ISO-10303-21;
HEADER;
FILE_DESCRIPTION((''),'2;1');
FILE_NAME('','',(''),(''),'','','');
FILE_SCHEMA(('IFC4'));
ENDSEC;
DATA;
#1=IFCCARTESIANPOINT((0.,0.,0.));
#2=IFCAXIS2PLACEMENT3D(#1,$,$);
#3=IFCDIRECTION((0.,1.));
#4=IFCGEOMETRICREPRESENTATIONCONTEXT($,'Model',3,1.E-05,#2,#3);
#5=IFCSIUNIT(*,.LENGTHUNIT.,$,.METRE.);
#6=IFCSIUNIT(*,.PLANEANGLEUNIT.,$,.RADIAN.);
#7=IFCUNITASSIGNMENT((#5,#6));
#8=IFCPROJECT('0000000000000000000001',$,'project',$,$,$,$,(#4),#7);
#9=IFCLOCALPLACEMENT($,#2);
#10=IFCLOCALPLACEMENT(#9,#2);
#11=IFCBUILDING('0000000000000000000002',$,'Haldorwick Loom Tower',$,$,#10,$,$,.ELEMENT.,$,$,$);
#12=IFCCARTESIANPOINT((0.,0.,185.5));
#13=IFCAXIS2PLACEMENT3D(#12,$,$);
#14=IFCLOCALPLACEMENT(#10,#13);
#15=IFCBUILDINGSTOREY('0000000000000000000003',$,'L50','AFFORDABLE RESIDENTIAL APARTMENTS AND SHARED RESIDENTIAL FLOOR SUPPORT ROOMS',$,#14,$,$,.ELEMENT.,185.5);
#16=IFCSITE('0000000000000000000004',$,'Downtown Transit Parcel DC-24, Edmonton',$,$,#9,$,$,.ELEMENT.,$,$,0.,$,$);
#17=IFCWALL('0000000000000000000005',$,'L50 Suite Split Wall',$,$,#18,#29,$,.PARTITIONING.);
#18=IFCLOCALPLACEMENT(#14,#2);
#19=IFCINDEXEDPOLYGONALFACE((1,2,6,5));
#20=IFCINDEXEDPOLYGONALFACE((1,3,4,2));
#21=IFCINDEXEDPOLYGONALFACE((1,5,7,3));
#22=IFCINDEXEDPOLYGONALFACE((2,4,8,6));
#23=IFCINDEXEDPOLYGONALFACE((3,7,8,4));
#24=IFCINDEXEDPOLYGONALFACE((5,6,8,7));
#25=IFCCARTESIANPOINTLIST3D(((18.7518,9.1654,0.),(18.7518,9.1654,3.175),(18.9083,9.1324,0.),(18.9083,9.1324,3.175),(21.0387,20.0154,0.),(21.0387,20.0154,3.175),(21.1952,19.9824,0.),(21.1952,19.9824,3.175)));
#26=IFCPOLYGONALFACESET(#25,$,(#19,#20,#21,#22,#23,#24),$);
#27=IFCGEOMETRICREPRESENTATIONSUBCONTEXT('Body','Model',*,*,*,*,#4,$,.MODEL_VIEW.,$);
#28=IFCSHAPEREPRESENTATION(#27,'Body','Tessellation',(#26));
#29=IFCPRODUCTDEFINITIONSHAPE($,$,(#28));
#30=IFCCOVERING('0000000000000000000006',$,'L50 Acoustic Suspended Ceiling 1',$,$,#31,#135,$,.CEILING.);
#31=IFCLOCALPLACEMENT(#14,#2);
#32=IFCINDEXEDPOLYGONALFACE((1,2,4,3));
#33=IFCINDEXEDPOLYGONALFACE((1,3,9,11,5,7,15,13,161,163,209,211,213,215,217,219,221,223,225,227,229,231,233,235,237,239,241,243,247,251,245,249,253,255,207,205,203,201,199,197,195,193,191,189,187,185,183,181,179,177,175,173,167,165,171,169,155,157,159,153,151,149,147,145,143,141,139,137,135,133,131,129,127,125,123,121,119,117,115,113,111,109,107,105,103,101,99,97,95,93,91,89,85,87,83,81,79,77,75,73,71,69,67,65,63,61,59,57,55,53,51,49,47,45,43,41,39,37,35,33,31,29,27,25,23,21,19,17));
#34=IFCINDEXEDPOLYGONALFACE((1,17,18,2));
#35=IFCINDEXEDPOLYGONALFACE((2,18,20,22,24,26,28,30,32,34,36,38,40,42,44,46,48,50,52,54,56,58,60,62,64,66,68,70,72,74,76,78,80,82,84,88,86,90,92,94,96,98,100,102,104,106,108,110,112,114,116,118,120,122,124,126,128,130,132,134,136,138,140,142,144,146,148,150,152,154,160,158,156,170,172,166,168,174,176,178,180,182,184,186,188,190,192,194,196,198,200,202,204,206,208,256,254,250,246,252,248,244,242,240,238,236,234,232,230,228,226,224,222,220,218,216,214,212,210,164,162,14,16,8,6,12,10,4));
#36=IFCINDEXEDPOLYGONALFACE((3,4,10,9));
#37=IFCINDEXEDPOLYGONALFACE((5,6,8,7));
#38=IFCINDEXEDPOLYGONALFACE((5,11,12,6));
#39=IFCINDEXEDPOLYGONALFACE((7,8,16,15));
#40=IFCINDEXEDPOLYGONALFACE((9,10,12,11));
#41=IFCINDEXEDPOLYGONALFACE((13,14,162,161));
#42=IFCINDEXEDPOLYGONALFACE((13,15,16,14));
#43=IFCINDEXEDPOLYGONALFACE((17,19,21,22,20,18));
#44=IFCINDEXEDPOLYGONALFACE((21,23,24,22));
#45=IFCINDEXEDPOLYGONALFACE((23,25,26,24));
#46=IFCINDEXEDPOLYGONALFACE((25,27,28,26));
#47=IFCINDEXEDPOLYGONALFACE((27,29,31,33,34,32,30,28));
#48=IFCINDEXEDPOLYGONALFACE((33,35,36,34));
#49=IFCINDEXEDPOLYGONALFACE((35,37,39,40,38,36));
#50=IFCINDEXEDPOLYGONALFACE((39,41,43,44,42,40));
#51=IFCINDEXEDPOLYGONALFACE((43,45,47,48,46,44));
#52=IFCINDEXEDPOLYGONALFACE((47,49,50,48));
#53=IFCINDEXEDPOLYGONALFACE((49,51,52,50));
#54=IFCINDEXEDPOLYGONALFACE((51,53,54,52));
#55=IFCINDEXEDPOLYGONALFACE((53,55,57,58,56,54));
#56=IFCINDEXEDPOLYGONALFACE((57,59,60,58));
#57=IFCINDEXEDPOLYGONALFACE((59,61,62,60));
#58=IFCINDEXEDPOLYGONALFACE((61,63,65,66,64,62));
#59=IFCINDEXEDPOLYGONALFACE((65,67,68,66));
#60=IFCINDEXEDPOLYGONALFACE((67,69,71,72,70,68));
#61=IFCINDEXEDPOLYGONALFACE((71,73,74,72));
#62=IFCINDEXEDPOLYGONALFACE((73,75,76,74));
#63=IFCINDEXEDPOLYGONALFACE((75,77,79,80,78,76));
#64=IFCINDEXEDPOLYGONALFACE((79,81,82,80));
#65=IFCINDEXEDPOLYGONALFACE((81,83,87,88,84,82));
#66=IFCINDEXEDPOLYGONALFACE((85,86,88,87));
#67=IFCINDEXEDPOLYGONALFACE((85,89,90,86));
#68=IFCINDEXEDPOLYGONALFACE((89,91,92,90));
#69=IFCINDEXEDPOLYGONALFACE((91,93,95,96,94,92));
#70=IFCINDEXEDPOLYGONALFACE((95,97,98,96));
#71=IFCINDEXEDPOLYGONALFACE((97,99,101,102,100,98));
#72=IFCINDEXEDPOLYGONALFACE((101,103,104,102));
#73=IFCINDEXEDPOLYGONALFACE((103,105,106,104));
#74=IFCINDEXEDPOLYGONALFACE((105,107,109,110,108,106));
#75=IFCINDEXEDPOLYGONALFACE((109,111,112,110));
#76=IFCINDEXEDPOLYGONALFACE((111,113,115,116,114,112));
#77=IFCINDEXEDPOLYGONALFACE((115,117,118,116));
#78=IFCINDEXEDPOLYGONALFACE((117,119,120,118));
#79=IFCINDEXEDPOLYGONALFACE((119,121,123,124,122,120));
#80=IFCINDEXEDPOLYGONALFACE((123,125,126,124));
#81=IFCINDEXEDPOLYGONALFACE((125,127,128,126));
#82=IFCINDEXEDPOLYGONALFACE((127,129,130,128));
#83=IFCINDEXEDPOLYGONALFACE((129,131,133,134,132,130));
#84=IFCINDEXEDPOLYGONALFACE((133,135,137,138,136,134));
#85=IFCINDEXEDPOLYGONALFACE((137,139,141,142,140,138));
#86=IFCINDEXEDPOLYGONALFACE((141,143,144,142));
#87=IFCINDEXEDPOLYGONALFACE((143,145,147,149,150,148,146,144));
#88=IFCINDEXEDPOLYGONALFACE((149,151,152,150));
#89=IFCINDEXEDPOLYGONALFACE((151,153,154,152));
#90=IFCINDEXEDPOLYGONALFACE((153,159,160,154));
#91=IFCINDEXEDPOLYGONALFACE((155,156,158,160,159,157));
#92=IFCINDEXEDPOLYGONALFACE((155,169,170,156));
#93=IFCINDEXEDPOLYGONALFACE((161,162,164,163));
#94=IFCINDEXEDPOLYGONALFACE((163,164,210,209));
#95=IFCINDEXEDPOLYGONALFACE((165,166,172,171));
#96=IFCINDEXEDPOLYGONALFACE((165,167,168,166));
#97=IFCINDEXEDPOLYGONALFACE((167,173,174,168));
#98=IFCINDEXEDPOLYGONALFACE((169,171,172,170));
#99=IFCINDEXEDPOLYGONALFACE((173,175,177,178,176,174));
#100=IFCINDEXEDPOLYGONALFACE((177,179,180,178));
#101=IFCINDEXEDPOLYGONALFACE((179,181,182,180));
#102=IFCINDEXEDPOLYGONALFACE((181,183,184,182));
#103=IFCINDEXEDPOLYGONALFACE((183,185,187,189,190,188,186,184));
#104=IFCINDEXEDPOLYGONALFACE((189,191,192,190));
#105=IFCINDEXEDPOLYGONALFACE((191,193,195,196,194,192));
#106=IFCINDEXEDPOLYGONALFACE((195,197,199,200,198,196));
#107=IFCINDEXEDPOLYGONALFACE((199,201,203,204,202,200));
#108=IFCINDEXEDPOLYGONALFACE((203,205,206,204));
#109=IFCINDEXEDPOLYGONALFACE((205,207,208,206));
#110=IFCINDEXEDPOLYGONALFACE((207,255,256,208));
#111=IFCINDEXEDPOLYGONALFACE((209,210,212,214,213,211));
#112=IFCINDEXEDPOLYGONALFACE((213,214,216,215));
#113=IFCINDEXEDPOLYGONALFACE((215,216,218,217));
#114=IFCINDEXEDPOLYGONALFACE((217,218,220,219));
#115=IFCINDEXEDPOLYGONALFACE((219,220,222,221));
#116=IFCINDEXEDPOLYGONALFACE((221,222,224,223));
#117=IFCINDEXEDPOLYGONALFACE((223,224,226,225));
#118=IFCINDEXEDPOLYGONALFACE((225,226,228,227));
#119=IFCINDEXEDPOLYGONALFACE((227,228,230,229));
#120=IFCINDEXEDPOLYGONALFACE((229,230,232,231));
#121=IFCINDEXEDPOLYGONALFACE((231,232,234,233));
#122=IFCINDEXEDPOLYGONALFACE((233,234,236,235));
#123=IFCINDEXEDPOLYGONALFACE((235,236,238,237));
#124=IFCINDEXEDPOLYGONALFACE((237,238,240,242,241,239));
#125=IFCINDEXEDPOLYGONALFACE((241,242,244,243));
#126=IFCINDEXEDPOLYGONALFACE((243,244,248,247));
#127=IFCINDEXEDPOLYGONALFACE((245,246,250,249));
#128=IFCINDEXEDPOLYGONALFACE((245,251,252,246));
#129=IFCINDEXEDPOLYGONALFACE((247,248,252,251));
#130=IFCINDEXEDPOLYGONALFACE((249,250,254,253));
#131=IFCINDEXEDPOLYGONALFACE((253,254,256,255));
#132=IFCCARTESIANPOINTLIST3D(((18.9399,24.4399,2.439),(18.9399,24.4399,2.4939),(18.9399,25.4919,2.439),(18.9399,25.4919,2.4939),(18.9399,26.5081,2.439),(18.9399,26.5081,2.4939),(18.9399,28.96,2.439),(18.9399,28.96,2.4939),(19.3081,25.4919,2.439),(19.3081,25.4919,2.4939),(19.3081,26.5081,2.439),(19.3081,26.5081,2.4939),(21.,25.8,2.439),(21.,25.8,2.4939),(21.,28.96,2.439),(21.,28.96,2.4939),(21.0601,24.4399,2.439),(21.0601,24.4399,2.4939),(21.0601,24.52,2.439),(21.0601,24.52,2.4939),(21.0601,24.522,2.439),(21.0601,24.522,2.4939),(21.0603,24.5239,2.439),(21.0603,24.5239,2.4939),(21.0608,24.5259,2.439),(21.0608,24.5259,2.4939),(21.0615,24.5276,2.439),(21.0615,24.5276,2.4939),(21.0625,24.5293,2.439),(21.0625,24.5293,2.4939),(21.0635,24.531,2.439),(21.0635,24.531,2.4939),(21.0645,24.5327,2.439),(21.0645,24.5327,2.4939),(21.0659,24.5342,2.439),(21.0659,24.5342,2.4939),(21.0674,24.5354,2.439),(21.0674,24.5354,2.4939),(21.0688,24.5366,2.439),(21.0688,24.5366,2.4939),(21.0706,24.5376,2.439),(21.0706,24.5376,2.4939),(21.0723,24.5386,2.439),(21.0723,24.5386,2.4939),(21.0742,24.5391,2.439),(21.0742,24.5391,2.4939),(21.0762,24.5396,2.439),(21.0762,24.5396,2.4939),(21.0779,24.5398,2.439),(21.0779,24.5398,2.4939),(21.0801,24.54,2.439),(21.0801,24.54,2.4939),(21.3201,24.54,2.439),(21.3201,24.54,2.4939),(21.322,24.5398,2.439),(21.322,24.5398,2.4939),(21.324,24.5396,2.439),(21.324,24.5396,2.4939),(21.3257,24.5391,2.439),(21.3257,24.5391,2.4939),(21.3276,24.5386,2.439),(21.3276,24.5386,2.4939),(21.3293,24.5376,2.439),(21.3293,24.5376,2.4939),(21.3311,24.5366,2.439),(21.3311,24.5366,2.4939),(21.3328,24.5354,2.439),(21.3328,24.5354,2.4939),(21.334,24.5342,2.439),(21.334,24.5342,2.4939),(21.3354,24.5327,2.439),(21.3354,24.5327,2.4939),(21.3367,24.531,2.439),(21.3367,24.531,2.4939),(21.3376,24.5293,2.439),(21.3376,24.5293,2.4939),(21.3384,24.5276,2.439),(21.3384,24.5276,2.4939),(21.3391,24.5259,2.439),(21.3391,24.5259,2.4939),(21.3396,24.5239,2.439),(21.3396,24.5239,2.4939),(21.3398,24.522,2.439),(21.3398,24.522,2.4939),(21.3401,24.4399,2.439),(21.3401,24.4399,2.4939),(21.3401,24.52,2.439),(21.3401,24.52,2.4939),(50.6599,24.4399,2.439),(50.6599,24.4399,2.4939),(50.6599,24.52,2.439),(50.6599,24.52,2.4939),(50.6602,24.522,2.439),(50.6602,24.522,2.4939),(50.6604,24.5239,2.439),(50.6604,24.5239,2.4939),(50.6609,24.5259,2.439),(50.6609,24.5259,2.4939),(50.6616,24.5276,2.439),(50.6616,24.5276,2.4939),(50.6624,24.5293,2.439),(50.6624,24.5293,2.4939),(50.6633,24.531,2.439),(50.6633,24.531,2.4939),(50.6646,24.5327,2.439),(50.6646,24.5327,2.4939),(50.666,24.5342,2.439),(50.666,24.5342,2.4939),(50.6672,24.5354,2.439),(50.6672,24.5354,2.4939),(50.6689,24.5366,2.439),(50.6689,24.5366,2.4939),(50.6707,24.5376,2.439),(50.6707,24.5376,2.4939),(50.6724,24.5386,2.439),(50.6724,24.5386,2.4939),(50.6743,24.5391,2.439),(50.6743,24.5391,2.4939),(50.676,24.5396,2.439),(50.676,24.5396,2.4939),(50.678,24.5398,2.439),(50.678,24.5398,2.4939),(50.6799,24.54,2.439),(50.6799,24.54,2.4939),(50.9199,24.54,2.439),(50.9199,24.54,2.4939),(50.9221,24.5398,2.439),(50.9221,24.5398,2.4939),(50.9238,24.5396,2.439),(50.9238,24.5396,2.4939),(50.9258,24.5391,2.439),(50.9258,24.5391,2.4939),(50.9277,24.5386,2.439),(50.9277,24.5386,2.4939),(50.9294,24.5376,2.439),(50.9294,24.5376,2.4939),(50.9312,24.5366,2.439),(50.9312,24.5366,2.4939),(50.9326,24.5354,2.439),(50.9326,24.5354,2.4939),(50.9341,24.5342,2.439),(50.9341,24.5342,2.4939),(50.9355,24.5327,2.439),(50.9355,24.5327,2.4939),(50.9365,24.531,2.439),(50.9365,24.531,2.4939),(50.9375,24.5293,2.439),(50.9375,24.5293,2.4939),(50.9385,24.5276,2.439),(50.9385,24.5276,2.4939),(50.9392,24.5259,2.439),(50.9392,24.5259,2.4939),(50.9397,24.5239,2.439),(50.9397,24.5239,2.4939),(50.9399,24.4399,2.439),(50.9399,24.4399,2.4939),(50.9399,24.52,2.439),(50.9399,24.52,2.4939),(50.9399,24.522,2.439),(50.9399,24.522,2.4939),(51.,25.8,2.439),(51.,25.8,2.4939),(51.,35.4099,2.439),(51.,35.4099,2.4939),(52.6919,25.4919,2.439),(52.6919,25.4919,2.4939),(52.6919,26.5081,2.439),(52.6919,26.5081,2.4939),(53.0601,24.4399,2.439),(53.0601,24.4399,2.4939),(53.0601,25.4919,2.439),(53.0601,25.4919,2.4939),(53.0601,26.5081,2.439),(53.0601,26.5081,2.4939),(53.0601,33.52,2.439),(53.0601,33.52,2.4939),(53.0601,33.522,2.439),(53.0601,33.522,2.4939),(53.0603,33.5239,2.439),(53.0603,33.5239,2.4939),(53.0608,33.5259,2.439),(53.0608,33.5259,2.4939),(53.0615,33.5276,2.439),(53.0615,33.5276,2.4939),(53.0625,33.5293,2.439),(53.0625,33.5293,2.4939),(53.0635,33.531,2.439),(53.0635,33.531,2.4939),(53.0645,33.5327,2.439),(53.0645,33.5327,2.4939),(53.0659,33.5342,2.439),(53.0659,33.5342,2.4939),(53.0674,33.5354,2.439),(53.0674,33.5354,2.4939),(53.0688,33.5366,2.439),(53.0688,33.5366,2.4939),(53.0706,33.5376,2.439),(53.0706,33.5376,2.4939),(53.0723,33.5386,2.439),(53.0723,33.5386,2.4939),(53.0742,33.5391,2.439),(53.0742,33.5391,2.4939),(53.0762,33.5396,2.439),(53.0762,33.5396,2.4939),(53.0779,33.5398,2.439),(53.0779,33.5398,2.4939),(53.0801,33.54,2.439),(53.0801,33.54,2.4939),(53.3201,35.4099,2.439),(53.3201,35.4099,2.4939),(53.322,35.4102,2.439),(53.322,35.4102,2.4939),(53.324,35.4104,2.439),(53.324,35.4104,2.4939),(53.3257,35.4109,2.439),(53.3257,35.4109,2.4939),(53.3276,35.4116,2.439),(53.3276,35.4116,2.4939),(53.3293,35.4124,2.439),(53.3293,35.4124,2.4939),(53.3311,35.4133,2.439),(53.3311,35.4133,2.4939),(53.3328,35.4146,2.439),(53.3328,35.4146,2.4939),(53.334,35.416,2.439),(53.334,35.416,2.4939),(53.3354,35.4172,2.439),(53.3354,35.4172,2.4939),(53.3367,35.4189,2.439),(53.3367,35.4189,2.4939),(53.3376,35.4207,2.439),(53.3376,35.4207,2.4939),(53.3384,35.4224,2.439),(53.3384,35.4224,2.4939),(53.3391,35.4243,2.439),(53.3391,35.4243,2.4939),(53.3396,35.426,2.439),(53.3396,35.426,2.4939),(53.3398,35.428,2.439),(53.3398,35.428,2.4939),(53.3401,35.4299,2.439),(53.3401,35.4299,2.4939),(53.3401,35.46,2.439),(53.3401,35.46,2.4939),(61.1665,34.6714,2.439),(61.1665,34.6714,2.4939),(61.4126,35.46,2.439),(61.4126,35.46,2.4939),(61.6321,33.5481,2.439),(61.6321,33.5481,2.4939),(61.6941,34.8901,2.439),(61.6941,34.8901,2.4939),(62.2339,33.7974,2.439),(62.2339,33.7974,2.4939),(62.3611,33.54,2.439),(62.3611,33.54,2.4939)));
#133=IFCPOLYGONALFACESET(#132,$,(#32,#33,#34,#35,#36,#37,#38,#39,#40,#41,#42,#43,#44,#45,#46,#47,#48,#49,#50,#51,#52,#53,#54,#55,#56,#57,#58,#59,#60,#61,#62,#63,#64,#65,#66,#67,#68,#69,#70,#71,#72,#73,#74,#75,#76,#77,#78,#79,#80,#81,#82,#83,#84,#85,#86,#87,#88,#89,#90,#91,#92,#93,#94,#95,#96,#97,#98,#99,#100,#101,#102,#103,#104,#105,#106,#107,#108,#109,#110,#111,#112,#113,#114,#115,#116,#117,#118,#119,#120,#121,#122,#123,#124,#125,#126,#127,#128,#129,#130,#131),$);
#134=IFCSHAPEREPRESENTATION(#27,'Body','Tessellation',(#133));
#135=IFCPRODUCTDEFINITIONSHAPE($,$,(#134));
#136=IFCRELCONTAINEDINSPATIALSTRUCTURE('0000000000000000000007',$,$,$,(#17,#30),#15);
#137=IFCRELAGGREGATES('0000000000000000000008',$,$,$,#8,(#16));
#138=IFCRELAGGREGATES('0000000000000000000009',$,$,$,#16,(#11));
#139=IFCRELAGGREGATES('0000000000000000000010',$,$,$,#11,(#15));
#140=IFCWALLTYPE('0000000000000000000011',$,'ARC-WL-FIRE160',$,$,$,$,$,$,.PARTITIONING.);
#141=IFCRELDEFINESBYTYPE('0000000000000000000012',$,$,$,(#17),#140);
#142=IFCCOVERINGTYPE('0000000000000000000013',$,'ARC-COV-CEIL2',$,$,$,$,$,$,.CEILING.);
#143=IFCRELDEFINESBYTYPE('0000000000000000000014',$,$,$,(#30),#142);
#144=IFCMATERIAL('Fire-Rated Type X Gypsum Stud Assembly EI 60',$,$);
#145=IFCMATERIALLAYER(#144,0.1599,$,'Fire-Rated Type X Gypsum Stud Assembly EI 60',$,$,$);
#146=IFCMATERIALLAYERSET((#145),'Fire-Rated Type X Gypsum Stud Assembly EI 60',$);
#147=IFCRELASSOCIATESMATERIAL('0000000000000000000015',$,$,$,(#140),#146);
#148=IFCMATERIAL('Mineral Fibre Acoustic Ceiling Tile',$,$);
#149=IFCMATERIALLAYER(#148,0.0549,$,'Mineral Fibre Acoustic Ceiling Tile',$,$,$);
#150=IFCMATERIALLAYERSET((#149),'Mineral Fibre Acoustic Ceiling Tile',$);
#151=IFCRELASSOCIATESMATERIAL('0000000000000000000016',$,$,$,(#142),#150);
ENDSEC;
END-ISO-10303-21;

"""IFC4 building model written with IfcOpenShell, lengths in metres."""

from ifc_helpers import new_model, si_unit, direction, frame, frame_2d, origin, place, context, subcontext, project, spatial, polyline, rectangle, outline, extrude, material, layer, layer_set, type_object, element, save


model = new_model("IFC4")

# Units and contexts
model_context = context("Model", 3, precision=1e-05, world=origin(), true_north=direction((0.0, 1.0)))
body_context = subcontext(model_context, "Body", "Model", "MODEL_VIEW")
ifc_project = project(units=[si_unit("LENGTHUNIT", "METRE"), si_unit("PLANEANGLEUNIT", "RADIAN")], contexts=[model_context])

# Site, building, storey
site_placement = place(None, origin())
site = spatial("IfcSite", under=ifc_project, at=site_placement, Name="Downtown Transit Parcel DC-24, Edmonton", CompositionType="ELEMENT", RefElevation=0.0)
building_placement = place(site_placement, origin())
building = spatial("IfcBuilding", under=site, at=building_placement, Name="Haldorwick Loom Tower", CompositionType="ELEMENT")
storey_placement = place(building_placement, frame((0.0, 0.0, 185.5)))
storey = spatial("IfcBuildingStorey", under=building, at=storey_placement, Name="L50", Description="AFFORDABLE RESIDENTIAL APARTMENTS AND SHARED RESIDENTIAL FLOOR SUPPORT ROOMS", CompositionType="ELEMENT", Elevation=185.5)

# Wall
ifc_material_1 = material(Name="Fire-Rated Type X Gypsum Stud Assembly EI 60")
ifc_layer_1 = layer(ifc_material_1, 0.1599, Name="Fire-Rated Type X Gypsum Stud Assembly EI 60")
ifc_layer_set_1 = layer_set([ifc_layer_1], Name="Fire-Rated Type X Gypsum Stud Assembly EI 60")
wall_type_1 = type_object("IfcWallType", Name="ARC-WL-FIRE160", PredefinedType="PARTITIONING", material=ifc_layer_set_1)
wall_1_placement = place(storey_placement, frame((18.8301, 9.1489, 0.0), z_axis=(0.0, 0.0, 1.0), x_axis=(0.206238, 0.978502, 0.0)))
element("IfcWall", 1, at=wall_1_placement, inside=storey, type_object=wall_type_1, Name="L50 Suite Split Wall", PredefinedType="PARTITIONING", context=body_context, shape_type="SweptSolid", body=[
    extrude(rectangle(XDim=11.0884, YDim=0.1599, at=frame_2d((5.5442, 0.0))), origin(), (0.0, 0.0, 1.0), 3.175),
])

# Covering
ifc_material_2 = material(Name="Mineral Fibre Acoustic Ceiling Tile")
ifc_layer_2 = layer(ifc_material_2, 0.0549, Name="Mineral Fibre Acoustic Ceiling Tile")
ifc_layer_set_2 = layer_set([ifc_layer_2], Name="Mineral Fibre Acoustic Ceiling Tile")
covering_type_1 = type_object("IfcCoveringType", Name="ARC-COV-CEIL2", PredefinedType="CEILING", material=ifc_layer_set_2)
covering_1_placement = place(storey_placement, frame((0.0, 0.0, 2.439)))
element("IfcCovering", 2, at=covering_1_placement, inside=storey, type_object=covering_type_1, Name="L50 Acoustic Suspended Ceiling 1", PredefinedType="CEILING", context=body_context, shape_type="SweptSolid", body=[
    extrude(outline(polyline([(61.4126, 35.46), (53.3401, 35.46), (53.3401, 35.4299), (53.3398, 35.428), (53.3396, 35.426), (53.3391, 35.4243), (53.3384, 35.4224), (53.3376, 35.4207), (53.3367, 35.4189), (53.3354, 35.4172), (53.334, 35.416), (53.3328, 35.4146), (53.3311, 35.4133), (53.3293, 35.4124), (53.3276, 35.4116), (53.3257, 35.4109), (53.324, 35.4104), (53.322, 35.4102), (53.3201, 35.4099), (51.0, 35.4099), (51.0, 25.8), (21.0, 25.8), (21.0, 28.96), (18.9399, 28.96), (18.9399, 26.5081), (19.3081, 26.5081), (19.3081, 25.4919), (18.9399, 25.4919), (18.9399, 24.4399), (21.0601, 24.4399), (21.0601, 24.52), (21.0601, 24.522), (21.0603, 24.5239), (21.0608, 24.5259), (21.0615, 24.5276), (21.0625, 24.5293), (21.0635, 24.531), (21.0645, 24.5327), (21.0659, 24.5342), (21.0674, 24.5354), (21.0688, 24.5366), (21.0706, 24.5376), (21.0723, 24.5386), (21.0742, 24.5391), (21.0762, 24.5396), (21.0779, 24.5398), (21.0801, 24.54), (21.3201, 24.54), (21.322, 24.5398), (21.324, 24.5396), (21.3257, 24.5391), (21.3276, 24.5386), (21.3293, 24.5376), (21.3311, 24.5366), (21.3328, 24.5354), (21.334, 24.5342), (21.3354, 24.5327), (21.3367, 24.531), (21.3376, 24.5293), (21.3384, 24.5276), (21.3391, 24.5259), (21.3396, 24.5239), (21.3398, 24.522), (21.3401, 24.52), (21.3401, 24.4399), (50.6599, 24.4399), (50.6599, 24.52), (50.6602, 24.522), (50.6604, 24.5239), (50.6609, 24.5259), (50.6616, 24.5276), (50.6624, 24.5293), (50.6633, 24.531), (50.6646, 24.5327), (50.666, 24.5342), (50.6672, 24.5354), (50.6689, 24.5366), (50.6707, 24.5376), (50.6724, 24.5386), (50.6743, 24.5391), (50.676, 24.5396), (50.678, 24.5398), (50.6799, 24.54), (50.9199, 24.54), (50.9221, 24.5398), (50.9238, 24.5396), (50.9258, 24.5391), (50.9277, 24.5386), (50.9294, 24.5376), (50.9312, 24.5366), (50.9326, 24.5354), (50.9341, 24.5342), (50.9355, 24.5327), (50.9365, 24.531), (50.9375, 24.5293), (50.9385, 24.5276), (50.9392, 24.5259), (50.9397, 24.5239), (50.9399, 24.522), (50.9399, 24.52), (50.9399, 24.4399), (53.0601, 24.4399), (53.0601, 25.4919), (52.6919, 25.4919), (52.6919, 26.5081), (53.0601, 26.5081), (53.0601, 33.52), (53.0601, 33.522), (53.0603, 33.5239), (53.0608, 33.5259), (53.0615, 33.5276), (53.0625, 33.5293), (53.0635, 33.531), (53.0645, 33.5327), (53.0659, 33.5342), (53.0674, 33.5354), (53.0688, 33.5366), (53.0706, 33.5376), (53.0723, 33.5386), (53.0742, 33.5391), (53.0762, 33.5396), (53.0779, 33.5398), (53.0801, 33.54), (62.3611, 33.54), (62.2339, 33.7974), (61.6321, 33.5481), (61.1665, 34.6714), (61.6941, 34.8901), (61.4126, 35.46)])), origin(), (0.0, 0.0, 1.0), 0.0549),
])

save(model, "model.ifc")
